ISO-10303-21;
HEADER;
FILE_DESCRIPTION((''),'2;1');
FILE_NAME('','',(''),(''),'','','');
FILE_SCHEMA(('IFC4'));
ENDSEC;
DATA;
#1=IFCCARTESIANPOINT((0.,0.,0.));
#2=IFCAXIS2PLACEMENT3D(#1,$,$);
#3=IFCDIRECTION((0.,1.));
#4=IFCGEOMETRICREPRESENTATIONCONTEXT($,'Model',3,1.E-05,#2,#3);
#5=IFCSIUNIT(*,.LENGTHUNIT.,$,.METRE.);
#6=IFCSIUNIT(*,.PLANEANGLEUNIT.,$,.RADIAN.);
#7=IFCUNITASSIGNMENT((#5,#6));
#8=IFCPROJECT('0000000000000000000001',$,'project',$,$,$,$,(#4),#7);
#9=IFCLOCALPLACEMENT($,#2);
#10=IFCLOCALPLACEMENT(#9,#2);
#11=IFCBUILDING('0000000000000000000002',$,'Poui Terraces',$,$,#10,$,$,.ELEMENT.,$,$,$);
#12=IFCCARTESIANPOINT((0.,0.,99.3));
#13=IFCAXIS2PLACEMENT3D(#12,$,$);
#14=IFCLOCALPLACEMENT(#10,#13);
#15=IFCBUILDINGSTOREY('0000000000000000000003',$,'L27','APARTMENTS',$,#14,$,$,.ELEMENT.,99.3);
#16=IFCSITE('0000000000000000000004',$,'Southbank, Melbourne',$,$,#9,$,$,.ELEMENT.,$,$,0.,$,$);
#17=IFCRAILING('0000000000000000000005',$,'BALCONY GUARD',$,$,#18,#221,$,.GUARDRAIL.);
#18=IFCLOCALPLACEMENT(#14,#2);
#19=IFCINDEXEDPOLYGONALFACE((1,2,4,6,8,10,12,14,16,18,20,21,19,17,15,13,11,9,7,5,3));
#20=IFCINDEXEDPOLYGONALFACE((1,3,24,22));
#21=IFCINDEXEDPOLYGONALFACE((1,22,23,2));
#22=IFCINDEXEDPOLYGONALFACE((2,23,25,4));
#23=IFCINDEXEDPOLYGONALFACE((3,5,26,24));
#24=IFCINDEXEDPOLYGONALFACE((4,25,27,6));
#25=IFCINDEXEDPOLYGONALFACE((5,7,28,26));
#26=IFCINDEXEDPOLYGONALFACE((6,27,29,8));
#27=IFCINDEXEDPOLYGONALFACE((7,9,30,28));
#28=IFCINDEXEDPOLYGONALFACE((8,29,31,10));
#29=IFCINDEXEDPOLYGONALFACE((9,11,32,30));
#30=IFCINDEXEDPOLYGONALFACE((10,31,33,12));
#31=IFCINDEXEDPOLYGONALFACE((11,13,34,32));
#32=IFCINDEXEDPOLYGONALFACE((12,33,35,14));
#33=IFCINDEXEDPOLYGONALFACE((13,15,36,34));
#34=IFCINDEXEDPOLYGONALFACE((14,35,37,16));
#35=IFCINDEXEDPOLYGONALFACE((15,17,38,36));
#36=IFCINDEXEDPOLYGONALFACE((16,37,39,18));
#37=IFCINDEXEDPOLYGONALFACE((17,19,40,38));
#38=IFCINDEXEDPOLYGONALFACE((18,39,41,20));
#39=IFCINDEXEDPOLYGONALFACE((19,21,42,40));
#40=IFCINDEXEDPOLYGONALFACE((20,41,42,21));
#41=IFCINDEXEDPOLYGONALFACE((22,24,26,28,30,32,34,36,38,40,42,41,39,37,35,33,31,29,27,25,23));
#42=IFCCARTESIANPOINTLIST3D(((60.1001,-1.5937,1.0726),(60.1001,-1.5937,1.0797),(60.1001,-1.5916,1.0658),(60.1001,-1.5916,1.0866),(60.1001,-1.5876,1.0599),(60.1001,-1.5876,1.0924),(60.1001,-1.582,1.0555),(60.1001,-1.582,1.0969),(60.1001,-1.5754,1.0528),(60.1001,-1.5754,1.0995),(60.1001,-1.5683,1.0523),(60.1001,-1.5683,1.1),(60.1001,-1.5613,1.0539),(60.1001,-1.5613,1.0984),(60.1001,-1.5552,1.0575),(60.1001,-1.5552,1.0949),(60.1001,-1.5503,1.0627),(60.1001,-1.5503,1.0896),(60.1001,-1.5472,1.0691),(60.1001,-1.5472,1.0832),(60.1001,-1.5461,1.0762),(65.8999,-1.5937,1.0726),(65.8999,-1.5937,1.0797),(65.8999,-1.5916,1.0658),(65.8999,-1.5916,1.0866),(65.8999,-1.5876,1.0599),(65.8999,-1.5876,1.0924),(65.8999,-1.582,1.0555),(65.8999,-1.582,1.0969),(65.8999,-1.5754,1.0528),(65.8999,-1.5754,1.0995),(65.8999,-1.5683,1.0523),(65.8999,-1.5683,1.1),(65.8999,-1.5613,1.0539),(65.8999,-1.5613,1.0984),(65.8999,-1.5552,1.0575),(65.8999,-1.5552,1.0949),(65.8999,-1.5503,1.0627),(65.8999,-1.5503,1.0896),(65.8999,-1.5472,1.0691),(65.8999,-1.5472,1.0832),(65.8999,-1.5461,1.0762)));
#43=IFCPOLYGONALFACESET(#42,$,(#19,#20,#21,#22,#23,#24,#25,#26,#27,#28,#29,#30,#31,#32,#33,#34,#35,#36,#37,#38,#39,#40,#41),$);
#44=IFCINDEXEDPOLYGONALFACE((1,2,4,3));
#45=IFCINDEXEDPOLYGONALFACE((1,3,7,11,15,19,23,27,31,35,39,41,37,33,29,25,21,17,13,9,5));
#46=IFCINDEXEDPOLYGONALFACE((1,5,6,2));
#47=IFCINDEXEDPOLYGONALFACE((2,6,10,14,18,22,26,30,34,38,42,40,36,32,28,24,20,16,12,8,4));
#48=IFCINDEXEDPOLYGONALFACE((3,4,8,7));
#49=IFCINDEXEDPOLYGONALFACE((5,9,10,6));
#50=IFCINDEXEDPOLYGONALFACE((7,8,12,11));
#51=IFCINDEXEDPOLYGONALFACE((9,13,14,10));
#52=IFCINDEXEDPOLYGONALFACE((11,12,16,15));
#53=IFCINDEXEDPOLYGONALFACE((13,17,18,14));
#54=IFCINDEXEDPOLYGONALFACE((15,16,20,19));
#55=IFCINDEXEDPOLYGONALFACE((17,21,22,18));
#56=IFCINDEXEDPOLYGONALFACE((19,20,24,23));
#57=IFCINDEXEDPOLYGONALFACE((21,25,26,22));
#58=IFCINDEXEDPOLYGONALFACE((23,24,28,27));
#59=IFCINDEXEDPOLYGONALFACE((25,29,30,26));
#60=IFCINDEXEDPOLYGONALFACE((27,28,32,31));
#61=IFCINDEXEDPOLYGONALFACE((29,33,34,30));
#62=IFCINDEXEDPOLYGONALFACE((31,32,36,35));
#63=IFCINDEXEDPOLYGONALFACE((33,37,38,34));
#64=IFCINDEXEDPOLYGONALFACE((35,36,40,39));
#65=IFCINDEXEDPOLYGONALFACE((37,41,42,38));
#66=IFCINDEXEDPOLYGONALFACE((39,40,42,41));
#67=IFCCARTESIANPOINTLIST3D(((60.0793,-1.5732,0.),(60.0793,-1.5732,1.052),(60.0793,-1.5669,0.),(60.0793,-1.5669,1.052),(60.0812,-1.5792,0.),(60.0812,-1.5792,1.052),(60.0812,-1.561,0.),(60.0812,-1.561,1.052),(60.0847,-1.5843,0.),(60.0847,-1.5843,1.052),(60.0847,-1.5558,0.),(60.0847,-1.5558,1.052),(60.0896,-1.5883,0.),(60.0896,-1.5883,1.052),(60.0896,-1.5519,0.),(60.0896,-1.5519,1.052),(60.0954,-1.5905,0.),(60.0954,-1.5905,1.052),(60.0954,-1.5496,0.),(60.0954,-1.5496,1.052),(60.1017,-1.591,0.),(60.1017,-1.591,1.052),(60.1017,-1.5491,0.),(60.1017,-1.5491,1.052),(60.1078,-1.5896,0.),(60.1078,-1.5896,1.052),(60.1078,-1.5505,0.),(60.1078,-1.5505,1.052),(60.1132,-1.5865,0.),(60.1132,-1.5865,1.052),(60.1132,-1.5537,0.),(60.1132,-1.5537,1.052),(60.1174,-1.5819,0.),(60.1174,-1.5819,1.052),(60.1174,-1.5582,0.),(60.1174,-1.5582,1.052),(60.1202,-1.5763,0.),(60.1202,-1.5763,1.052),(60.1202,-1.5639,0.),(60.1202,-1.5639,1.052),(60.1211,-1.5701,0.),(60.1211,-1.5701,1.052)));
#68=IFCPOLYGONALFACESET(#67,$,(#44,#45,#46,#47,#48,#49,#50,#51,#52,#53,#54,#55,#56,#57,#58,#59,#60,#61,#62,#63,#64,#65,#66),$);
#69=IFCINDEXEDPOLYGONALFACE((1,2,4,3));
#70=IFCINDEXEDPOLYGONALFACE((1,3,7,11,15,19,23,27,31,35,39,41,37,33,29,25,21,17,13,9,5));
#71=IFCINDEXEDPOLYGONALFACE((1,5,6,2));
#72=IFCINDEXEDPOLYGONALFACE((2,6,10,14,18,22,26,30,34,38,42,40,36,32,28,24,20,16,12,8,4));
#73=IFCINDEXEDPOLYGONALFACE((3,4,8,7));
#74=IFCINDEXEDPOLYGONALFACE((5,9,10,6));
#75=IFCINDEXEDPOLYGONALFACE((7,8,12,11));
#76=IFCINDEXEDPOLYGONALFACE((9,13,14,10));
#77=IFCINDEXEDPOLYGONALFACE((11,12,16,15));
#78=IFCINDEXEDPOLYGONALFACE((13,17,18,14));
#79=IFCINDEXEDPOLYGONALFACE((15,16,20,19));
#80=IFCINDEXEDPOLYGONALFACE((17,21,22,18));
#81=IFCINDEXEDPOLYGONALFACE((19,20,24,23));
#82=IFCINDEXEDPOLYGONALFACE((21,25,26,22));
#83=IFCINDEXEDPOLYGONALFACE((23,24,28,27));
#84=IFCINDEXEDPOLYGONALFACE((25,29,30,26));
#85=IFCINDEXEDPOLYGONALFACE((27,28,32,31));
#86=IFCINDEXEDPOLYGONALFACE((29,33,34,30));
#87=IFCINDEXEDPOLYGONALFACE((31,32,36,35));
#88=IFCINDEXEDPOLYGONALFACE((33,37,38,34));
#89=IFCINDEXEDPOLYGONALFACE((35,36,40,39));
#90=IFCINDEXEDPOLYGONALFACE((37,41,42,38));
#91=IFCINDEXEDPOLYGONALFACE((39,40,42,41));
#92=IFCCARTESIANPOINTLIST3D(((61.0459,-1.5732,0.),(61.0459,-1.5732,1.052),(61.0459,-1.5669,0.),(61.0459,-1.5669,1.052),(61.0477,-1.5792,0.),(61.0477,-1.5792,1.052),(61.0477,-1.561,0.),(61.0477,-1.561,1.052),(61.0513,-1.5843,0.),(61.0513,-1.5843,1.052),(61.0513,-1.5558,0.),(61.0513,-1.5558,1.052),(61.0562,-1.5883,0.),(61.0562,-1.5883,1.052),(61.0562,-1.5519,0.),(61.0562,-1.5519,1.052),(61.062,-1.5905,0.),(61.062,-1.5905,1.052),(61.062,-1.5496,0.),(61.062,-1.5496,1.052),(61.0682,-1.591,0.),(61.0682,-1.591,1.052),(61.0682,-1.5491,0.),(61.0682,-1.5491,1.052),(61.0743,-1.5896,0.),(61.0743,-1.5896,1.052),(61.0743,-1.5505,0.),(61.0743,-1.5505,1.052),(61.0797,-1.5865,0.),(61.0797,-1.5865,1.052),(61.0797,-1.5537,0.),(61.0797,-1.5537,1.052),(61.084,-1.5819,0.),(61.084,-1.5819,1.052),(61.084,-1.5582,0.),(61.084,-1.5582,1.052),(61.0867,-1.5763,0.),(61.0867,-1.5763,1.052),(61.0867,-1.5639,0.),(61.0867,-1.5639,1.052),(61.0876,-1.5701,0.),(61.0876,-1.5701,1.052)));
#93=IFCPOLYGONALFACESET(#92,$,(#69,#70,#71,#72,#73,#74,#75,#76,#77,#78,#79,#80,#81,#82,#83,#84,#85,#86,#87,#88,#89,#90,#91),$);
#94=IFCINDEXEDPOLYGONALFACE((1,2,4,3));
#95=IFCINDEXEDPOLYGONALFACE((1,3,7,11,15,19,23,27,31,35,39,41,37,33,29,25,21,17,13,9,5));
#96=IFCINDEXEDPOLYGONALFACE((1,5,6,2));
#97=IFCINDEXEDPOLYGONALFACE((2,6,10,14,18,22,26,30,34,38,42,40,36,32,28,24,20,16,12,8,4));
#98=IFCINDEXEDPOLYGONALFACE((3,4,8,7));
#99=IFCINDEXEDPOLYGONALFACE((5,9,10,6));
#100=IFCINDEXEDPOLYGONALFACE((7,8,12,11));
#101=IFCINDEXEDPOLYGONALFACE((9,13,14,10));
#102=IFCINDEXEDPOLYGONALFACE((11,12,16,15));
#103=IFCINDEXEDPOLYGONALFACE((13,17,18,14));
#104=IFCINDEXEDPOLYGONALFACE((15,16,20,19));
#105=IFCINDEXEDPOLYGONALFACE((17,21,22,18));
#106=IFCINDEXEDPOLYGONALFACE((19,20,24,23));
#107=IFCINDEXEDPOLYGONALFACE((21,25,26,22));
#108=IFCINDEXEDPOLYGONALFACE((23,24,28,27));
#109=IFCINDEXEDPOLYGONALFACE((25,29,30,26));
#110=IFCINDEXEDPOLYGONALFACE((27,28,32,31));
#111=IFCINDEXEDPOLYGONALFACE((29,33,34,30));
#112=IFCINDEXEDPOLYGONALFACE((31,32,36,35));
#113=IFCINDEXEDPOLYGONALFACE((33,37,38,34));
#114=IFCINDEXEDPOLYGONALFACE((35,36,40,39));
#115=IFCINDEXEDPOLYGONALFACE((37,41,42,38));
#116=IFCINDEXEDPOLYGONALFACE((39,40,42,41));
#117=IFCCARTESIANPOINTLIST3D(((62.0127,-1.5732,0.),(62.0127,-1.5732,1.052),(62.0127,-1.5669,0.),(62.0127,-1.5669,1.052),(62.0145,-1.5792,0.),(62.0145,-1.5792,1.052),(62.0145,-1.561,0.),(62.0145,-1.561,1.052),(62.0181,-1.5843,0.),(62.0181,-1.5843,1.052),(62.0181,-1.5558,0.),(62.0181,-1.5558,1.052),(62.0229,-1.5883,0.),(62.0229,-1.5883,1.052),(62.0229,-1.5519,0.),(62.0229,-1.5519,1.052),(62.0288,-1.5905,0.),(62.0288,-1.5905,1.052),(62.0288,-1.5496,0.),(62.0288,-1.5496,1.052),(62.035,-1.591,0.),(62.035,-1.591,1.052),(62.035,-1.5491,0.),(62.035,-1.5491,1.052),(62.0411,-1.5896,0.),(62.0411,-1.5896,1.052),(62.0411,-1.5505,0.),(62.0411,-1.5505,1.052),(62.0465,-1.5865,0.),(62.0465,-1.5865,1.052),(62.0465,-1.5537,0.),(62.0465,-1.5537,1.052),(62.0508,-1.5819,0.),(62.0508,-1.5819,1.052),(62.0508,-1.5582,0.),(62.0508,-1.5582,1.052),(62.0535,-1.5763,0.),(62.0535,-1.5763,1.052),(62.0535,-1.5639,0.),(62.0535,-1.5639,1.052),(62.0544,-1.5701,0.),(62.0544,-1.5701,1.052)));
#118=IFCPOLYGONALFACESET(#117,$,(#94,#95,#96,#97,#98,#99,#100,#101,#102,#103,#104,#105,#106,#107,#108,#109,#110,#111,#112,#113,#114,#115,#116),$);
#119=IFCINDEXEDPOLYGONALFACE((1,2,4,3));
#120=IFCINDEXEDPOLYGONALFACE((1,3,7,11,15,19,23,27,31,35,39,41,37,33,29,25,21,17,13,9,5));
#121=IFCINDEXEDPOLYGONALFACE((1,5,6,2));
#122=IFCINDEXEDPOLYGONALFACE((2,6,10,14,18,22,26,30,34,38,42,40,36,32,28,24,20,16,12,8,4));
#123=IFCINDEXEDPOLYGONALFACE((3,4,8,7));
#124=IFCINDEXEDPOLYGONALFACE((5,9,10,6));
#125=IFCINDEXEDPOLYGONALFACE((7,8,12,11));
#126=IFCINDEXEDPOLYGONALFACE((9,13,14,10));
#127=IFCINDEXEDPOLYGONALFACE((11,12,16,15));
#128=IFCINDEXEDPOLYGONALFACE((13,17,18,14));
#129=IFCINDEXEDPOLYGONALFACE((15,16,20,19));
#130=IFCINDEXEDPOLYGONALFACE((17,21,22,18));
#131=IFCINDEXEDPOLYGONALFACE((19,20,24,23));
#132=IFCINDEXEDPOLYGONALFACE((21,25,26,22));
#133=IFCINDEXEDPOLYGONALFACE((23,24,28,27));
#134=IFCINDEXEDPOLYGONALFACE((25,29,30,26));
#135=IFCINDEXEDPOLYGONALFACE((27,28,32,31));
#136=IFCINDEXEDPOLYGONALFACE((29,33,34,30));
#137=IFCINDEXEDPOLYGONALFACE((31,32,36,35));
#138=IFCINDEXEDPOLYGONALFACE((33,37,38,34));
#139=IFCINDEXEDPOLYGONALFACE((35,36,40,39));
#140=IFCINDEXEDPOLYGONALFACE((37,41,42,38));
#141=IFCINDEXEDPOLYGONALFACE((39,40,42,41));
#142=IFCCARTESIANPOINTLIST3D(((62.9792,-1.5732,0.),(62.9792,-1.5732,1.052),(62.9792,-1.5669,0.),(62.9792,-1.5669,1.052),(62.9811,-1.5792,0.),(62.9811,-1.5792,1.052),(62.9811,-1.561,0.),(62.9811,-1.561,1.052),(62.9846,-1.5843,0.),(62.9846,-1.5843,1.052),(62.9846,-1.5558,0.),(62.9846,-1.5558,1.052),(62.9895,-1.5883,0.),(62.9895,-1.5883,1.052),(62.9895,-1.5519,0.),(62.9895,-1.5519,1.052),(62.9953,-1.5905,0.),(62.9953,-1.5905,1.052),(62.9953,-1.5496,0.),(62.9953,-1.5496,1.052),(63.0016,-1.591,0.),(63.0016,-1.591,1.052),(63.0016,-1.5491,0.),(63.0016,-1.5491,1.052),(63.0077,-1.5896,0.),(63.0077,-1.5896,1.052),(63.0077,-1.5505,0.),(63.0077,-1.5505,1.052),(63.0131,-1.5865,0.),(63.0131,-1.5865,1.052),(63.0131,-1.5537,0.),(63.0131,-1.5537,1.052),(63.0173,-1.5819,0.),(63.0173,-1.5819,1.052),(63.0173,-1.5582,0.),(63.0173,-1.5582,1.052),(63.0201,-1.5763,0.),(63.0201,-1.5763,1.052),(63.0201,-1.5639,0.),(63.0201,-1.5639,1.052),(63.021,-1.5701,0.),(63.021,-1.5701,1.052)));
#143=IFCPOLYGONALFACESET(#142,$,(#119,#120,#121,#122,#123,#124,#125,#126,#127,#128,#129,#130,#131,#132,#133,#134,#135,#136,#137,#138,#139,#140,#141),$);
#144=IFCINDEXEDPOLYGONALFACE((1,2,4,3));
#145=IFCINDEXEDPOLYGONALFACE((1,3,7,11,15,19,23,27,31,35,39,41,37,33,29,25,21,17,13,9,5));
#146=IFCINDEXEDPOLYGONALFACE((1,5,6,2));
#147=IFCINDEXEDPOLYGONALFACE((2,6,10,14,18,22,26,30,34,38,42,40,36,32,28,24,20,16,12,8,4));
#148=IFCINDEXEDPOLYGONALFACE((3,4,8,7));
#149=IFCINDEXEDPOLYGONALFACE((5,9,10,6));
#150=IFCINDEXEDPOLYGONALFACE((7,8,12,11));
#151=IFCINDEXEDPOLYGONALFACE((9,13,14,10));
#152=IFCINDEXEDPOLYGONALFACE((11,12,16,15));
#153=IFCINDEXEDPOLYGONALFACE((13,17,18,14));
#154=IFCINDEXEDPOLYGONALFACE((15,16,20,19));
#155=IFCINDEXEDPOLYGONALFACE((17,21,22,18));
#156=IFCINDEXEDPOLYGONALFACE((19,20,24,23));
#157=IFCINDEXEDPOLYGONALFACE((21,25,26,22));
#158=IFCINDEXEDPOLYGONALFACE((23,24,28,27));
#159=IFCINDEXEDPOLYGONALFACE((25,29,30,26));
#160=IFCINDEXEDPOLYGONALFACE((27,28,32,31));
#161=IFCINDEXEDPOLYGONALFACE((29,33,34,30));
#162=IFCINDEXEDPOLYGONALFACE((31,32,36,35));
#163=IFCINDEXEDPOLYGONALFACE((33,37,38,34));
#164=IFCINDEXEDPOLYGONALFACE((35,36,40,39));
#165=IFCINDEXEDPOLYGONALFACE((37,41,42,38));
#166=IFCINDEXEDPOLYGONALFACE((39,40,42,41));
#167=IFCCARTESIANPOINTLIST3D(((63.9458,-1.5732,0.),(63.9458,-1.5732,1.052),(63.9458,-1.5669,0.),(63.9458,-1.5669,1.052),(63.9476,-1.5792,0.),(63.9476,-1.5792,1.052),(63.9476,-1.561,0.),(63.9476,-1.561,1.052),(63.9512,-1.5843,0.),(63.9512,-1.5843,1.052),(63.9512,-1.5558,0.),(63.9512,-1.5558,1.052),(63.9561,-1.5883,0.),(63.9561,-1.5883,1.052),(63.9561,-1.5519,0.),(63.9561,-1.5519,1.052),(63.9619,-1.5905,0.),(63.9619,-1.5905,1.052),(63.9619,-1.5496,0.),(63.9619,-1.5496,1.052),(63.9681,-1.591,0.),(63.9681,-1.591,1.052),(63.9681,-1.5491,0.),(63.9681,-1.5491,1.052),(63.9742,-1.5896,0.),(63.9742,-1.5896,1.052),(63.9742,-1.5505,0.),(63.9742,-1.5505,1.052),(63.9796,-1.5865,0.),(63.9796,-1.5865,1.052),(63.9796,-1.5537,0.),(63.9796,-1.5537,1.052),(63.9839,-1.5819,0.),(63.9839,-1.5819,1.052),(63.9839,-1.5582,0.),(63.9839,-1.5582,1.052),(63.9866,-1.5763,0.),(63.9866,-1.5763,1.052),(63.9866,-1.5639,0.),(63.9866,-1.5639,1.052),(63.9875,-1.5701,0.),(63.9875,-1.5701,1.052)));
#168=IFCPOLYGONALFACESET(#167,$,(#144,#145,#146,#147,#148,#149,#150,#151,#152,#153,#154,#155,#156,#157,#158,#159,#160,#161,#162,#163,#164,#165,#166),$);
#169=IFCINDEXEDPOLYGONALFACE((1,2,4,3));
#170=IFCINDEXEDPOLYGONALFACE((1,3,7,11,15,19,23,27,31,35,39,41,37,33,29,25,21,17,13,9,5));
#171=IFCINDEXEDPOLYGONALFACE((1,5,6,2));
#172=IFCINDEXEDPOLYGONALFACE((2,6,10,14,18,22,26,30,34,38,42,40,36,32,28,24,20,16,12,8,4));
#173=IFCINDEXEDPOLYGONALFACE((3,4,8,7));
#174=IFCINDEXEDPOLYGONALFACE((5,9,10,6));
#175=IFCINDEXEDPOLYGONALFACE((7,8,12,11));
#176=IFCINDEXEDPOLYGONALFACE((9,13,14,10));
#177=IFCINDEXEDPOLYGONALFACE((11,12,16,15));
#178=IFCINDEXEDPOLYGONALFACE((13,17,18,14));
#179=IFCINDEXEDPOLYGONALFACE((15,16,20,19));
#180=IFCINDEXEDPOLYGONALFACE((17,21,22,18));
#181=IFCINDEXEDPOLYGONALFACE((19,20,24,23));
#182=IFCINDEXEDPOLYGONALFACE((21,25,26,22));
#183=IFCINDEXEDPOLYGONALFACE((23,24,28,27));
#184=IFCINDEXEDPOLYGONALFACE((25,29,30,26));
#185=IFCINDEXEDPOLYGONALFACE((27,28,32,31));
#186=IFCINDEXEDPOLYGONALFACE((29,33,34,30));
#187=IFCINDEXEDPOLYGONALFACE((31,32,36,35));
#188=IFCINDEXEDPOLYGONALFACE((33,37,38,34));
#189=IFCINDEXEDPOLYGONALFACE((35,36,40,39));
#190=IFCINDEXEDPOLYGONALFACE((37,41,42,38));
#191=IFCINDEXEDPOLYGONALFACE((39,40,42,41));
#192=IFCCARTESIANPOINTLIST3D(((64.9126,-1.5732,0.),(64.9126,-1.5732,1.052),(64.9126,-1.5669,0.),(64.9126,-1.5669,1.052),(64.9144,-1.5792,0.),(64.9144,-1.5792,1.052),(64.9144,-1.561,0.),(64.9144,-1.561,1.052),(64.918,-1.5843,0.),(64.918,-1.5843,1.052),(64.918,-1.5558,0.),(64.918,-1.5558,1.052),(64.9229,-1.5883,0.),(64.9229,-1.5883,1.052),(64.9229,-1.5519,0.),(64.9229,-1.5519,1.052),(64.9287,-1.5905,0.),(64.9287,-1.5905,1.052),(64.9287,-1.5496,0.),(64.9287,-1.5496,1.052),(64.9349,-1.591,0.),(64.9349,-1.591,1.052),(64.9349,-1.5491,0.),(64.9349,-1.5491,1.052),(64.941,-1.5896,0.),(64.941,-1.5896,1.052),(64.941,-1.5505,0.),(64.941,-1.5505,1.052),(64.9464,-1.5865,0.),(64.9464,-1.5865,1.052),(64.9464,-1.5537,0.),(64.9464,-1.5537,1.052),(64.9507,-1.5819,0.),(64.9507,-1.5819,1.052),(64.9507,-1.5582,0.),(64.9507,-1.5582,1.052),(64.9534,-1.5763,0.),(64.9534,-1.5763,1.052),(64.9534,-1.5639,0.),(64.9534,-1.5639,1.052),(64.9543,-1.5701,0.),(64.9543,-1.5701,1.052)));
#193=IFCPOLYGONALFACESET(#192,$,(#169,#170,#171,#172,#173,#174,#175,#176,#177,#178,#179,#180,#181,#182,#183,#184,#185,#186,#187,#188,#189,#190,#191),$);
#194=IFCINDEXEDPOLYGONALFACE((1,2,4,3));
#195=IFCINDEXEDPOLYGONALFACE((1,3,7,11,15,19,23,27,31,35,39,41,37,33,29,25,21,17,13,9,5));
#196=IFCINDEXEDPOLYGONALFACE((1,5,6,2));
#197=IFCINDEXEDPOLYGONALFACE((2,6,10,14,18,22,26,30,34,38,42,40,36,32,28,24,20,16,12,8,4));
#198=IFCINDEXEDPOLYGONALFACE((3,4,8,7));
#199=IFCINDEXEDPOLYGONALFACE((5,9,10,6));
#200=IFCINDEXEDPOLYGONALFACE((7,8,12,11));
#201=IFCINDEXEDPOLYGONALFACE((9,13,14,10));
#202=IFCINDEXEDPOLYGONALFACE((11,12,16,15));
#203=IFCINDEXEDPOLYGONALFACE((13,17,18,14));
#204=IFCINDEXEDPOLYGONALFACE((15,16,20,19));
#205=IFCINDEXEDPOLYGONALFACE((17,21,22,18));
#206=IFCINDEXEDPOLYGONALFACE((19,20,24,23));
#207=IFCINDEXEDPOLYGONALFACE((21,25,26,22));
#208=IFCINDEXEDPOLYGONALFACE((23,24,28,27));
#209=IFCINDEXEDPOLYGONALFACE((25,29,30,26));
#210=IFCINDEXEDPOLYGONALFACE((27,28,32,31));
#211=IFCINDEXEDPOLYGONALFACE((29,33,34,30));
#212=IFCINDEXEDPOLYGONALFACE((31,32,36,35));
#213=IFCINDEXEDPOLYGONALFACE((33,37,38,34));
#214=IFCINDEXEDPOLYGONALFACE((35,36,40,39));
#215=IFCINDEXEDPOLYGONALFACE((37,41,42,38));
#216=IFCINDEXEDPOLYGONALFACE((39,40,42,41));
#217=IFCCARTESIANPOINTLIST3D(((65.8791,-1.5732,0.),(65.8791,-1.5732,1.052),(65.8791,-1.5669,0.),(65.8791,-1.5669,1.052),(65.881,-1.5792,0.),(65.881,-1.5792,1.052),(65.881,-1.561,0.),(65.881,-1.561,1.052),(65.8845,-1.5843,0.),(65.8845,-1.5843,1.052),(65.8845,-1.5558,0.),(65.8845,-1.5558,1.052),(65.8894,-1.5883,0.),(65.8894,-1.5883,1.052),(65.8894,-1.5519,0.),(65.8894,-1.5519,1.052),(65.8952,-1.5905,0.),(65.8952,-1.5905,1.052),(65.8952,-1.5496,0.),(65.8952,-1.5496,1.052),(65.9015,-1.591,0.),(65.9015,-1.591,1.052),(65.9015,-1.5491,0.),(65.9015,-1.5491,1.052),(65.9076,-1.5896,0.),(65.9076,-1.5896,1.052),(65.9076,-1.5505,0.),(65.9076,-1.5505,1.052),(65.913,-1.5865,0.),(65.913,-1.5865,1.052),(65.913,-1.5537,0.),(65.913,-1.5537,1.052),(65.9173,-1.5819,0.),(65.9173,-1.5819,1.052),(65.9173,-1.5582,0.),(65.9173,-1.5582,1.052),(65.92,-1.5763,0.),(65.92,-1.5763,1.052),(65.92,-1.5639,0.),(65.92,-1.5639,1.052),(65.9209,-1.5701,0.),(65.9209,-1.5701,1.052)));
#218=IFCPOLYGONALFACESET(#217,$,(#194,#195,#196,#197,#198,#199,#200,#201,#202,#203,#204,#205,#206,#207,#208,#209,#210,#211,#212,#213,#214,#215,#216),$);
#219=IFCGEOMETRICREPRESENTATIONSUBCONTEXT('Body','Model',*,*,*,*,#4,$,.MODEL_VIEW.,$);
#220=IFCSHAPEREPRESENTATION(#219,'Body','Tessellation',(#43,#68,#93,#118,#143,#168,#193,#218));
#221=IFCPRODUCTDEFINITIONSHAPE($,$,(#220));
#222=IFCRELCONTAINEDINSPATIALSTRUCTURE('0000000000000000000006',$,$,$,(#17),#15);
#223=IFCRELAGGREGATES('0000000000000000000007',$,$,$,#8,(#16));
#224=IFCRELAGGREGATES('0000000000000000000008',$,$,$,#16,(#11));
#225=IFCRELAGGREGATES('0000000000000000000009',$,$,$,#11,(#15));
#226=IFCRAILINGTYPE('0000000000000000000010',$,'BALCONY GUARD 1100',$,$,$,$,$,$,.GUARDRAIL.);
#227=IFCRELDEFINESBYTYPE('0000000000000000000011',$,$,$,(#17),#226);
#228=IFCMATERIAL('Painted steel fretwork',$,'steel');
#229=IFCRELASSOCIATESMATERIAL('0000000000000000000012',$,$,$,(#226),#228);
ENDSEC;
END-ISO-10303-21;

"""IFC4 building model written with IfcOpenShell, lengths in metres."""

from ifc_helpers import new_model, si_unit, direction, frame, origin, origin_2d, place, context, subcontext, project, spatial, circle, extrude, material, type_object, element, save


model = new_model("IFC4")

# Units and contexts
model_context = context("Model", 3, precision=1e-05, world=origin(), true_north=direction((0.0, 1.0)))
body_context = subcontext(model_context, "Body", "Model", "MODEL_VIEW")
ifc_project = project(units=[si_unit("LENGTHUNIT", "METRE"), si_unit("PLANEANGLEUNIT", "RADIAN")], contexts=[model_context])

# Site, building, storey
site_placement = place(None, origin())
site = spatial("IfcSite", under=ifc_project, at=site_placement, Name="Southbank, Melbourne", CompositionType="ELEMENT", RefElevation=0.0)
building_placement = place(site_placement, origin())
building = spatial("IfcBuilding", under=site, at=building_placement, Name="Poui Terraces", CompositionType="ELEMENT")
storey_placement = place(building_placement, frame((0.0, 0.0, 99.3)))
storey = spatial("IfcBuildingStorey", under=building, at=storey_placement, Name="L27", Description="APARTMENTS", CompositionType="ELEMENT", Elevation=99.3)

# Railing
ifc_material_1 = material(Name="Painted steel fretwork", Category="steel")
railing_type = type_object("IfcRailingType", Name="BALCONY GUARD 1100", PredefinedType="GUARDRAIL", material=ifc_material_1)
railing_placement = place(storey_placement, frame((60.1001, -1.5701, 0.0)))
element("IfcRailing", 1, at=railing_placement, inside=storey, type_object=railing_type, Name="BALCONY GUARD", PredefinedType="GUARDRAIL", context=body_context, shape_type="SweptSolid", body=[
    extrude(circle(Radius=0.0239, at=origin_2d()), frame((0.0, 0.0, 1.0762), z_axis=(1.0, 0.0, 0.0), x_axis=(0.0, 1.0, 0.0)), (0.0, 0.0, 1.0), 5.7998),
    extrude(circle(Radius=0.021, at=origin_2d()), origin(), (0.0, 0.0, 1.0), 1.052),
    extrude(circle(Radius=0.021, at=origin_2d()), frame((0.9666, 0.0, 0.0)), (0.0, 0.0, 1.0), 1.052),
    extrude(circle(Radius=0.021, at=origin_2d()), frame((1.9333, 0.0, 0.0)), (0.0, 0.0, 1.0), 1.052),
    extrude(circle(Radius=0.021, at=origin_2d()), frame((2.8999, 0.0, 0.0)), (0.0, 0.0, 1.0), 1.052),
    extrude(circle(Radius=0.021, at=origin_2d()), frame((3.8665, 0.0, 0.0)), (0.0, 0.0, 1.0), 1.052),
    extrude(circle(Radius=0.021, at=origin_2d()), frame((4.8333, 0.0, 0.0)), (0.0, 0.0, 1.0), 1.052),
    extrude(circle(Radius=0.021, at=origin_2d()), frame((5.7998, 0.0, 0.0)), (0.0, 0.0, 1.0), 1.052),
])

save(model, "model.ifc")
